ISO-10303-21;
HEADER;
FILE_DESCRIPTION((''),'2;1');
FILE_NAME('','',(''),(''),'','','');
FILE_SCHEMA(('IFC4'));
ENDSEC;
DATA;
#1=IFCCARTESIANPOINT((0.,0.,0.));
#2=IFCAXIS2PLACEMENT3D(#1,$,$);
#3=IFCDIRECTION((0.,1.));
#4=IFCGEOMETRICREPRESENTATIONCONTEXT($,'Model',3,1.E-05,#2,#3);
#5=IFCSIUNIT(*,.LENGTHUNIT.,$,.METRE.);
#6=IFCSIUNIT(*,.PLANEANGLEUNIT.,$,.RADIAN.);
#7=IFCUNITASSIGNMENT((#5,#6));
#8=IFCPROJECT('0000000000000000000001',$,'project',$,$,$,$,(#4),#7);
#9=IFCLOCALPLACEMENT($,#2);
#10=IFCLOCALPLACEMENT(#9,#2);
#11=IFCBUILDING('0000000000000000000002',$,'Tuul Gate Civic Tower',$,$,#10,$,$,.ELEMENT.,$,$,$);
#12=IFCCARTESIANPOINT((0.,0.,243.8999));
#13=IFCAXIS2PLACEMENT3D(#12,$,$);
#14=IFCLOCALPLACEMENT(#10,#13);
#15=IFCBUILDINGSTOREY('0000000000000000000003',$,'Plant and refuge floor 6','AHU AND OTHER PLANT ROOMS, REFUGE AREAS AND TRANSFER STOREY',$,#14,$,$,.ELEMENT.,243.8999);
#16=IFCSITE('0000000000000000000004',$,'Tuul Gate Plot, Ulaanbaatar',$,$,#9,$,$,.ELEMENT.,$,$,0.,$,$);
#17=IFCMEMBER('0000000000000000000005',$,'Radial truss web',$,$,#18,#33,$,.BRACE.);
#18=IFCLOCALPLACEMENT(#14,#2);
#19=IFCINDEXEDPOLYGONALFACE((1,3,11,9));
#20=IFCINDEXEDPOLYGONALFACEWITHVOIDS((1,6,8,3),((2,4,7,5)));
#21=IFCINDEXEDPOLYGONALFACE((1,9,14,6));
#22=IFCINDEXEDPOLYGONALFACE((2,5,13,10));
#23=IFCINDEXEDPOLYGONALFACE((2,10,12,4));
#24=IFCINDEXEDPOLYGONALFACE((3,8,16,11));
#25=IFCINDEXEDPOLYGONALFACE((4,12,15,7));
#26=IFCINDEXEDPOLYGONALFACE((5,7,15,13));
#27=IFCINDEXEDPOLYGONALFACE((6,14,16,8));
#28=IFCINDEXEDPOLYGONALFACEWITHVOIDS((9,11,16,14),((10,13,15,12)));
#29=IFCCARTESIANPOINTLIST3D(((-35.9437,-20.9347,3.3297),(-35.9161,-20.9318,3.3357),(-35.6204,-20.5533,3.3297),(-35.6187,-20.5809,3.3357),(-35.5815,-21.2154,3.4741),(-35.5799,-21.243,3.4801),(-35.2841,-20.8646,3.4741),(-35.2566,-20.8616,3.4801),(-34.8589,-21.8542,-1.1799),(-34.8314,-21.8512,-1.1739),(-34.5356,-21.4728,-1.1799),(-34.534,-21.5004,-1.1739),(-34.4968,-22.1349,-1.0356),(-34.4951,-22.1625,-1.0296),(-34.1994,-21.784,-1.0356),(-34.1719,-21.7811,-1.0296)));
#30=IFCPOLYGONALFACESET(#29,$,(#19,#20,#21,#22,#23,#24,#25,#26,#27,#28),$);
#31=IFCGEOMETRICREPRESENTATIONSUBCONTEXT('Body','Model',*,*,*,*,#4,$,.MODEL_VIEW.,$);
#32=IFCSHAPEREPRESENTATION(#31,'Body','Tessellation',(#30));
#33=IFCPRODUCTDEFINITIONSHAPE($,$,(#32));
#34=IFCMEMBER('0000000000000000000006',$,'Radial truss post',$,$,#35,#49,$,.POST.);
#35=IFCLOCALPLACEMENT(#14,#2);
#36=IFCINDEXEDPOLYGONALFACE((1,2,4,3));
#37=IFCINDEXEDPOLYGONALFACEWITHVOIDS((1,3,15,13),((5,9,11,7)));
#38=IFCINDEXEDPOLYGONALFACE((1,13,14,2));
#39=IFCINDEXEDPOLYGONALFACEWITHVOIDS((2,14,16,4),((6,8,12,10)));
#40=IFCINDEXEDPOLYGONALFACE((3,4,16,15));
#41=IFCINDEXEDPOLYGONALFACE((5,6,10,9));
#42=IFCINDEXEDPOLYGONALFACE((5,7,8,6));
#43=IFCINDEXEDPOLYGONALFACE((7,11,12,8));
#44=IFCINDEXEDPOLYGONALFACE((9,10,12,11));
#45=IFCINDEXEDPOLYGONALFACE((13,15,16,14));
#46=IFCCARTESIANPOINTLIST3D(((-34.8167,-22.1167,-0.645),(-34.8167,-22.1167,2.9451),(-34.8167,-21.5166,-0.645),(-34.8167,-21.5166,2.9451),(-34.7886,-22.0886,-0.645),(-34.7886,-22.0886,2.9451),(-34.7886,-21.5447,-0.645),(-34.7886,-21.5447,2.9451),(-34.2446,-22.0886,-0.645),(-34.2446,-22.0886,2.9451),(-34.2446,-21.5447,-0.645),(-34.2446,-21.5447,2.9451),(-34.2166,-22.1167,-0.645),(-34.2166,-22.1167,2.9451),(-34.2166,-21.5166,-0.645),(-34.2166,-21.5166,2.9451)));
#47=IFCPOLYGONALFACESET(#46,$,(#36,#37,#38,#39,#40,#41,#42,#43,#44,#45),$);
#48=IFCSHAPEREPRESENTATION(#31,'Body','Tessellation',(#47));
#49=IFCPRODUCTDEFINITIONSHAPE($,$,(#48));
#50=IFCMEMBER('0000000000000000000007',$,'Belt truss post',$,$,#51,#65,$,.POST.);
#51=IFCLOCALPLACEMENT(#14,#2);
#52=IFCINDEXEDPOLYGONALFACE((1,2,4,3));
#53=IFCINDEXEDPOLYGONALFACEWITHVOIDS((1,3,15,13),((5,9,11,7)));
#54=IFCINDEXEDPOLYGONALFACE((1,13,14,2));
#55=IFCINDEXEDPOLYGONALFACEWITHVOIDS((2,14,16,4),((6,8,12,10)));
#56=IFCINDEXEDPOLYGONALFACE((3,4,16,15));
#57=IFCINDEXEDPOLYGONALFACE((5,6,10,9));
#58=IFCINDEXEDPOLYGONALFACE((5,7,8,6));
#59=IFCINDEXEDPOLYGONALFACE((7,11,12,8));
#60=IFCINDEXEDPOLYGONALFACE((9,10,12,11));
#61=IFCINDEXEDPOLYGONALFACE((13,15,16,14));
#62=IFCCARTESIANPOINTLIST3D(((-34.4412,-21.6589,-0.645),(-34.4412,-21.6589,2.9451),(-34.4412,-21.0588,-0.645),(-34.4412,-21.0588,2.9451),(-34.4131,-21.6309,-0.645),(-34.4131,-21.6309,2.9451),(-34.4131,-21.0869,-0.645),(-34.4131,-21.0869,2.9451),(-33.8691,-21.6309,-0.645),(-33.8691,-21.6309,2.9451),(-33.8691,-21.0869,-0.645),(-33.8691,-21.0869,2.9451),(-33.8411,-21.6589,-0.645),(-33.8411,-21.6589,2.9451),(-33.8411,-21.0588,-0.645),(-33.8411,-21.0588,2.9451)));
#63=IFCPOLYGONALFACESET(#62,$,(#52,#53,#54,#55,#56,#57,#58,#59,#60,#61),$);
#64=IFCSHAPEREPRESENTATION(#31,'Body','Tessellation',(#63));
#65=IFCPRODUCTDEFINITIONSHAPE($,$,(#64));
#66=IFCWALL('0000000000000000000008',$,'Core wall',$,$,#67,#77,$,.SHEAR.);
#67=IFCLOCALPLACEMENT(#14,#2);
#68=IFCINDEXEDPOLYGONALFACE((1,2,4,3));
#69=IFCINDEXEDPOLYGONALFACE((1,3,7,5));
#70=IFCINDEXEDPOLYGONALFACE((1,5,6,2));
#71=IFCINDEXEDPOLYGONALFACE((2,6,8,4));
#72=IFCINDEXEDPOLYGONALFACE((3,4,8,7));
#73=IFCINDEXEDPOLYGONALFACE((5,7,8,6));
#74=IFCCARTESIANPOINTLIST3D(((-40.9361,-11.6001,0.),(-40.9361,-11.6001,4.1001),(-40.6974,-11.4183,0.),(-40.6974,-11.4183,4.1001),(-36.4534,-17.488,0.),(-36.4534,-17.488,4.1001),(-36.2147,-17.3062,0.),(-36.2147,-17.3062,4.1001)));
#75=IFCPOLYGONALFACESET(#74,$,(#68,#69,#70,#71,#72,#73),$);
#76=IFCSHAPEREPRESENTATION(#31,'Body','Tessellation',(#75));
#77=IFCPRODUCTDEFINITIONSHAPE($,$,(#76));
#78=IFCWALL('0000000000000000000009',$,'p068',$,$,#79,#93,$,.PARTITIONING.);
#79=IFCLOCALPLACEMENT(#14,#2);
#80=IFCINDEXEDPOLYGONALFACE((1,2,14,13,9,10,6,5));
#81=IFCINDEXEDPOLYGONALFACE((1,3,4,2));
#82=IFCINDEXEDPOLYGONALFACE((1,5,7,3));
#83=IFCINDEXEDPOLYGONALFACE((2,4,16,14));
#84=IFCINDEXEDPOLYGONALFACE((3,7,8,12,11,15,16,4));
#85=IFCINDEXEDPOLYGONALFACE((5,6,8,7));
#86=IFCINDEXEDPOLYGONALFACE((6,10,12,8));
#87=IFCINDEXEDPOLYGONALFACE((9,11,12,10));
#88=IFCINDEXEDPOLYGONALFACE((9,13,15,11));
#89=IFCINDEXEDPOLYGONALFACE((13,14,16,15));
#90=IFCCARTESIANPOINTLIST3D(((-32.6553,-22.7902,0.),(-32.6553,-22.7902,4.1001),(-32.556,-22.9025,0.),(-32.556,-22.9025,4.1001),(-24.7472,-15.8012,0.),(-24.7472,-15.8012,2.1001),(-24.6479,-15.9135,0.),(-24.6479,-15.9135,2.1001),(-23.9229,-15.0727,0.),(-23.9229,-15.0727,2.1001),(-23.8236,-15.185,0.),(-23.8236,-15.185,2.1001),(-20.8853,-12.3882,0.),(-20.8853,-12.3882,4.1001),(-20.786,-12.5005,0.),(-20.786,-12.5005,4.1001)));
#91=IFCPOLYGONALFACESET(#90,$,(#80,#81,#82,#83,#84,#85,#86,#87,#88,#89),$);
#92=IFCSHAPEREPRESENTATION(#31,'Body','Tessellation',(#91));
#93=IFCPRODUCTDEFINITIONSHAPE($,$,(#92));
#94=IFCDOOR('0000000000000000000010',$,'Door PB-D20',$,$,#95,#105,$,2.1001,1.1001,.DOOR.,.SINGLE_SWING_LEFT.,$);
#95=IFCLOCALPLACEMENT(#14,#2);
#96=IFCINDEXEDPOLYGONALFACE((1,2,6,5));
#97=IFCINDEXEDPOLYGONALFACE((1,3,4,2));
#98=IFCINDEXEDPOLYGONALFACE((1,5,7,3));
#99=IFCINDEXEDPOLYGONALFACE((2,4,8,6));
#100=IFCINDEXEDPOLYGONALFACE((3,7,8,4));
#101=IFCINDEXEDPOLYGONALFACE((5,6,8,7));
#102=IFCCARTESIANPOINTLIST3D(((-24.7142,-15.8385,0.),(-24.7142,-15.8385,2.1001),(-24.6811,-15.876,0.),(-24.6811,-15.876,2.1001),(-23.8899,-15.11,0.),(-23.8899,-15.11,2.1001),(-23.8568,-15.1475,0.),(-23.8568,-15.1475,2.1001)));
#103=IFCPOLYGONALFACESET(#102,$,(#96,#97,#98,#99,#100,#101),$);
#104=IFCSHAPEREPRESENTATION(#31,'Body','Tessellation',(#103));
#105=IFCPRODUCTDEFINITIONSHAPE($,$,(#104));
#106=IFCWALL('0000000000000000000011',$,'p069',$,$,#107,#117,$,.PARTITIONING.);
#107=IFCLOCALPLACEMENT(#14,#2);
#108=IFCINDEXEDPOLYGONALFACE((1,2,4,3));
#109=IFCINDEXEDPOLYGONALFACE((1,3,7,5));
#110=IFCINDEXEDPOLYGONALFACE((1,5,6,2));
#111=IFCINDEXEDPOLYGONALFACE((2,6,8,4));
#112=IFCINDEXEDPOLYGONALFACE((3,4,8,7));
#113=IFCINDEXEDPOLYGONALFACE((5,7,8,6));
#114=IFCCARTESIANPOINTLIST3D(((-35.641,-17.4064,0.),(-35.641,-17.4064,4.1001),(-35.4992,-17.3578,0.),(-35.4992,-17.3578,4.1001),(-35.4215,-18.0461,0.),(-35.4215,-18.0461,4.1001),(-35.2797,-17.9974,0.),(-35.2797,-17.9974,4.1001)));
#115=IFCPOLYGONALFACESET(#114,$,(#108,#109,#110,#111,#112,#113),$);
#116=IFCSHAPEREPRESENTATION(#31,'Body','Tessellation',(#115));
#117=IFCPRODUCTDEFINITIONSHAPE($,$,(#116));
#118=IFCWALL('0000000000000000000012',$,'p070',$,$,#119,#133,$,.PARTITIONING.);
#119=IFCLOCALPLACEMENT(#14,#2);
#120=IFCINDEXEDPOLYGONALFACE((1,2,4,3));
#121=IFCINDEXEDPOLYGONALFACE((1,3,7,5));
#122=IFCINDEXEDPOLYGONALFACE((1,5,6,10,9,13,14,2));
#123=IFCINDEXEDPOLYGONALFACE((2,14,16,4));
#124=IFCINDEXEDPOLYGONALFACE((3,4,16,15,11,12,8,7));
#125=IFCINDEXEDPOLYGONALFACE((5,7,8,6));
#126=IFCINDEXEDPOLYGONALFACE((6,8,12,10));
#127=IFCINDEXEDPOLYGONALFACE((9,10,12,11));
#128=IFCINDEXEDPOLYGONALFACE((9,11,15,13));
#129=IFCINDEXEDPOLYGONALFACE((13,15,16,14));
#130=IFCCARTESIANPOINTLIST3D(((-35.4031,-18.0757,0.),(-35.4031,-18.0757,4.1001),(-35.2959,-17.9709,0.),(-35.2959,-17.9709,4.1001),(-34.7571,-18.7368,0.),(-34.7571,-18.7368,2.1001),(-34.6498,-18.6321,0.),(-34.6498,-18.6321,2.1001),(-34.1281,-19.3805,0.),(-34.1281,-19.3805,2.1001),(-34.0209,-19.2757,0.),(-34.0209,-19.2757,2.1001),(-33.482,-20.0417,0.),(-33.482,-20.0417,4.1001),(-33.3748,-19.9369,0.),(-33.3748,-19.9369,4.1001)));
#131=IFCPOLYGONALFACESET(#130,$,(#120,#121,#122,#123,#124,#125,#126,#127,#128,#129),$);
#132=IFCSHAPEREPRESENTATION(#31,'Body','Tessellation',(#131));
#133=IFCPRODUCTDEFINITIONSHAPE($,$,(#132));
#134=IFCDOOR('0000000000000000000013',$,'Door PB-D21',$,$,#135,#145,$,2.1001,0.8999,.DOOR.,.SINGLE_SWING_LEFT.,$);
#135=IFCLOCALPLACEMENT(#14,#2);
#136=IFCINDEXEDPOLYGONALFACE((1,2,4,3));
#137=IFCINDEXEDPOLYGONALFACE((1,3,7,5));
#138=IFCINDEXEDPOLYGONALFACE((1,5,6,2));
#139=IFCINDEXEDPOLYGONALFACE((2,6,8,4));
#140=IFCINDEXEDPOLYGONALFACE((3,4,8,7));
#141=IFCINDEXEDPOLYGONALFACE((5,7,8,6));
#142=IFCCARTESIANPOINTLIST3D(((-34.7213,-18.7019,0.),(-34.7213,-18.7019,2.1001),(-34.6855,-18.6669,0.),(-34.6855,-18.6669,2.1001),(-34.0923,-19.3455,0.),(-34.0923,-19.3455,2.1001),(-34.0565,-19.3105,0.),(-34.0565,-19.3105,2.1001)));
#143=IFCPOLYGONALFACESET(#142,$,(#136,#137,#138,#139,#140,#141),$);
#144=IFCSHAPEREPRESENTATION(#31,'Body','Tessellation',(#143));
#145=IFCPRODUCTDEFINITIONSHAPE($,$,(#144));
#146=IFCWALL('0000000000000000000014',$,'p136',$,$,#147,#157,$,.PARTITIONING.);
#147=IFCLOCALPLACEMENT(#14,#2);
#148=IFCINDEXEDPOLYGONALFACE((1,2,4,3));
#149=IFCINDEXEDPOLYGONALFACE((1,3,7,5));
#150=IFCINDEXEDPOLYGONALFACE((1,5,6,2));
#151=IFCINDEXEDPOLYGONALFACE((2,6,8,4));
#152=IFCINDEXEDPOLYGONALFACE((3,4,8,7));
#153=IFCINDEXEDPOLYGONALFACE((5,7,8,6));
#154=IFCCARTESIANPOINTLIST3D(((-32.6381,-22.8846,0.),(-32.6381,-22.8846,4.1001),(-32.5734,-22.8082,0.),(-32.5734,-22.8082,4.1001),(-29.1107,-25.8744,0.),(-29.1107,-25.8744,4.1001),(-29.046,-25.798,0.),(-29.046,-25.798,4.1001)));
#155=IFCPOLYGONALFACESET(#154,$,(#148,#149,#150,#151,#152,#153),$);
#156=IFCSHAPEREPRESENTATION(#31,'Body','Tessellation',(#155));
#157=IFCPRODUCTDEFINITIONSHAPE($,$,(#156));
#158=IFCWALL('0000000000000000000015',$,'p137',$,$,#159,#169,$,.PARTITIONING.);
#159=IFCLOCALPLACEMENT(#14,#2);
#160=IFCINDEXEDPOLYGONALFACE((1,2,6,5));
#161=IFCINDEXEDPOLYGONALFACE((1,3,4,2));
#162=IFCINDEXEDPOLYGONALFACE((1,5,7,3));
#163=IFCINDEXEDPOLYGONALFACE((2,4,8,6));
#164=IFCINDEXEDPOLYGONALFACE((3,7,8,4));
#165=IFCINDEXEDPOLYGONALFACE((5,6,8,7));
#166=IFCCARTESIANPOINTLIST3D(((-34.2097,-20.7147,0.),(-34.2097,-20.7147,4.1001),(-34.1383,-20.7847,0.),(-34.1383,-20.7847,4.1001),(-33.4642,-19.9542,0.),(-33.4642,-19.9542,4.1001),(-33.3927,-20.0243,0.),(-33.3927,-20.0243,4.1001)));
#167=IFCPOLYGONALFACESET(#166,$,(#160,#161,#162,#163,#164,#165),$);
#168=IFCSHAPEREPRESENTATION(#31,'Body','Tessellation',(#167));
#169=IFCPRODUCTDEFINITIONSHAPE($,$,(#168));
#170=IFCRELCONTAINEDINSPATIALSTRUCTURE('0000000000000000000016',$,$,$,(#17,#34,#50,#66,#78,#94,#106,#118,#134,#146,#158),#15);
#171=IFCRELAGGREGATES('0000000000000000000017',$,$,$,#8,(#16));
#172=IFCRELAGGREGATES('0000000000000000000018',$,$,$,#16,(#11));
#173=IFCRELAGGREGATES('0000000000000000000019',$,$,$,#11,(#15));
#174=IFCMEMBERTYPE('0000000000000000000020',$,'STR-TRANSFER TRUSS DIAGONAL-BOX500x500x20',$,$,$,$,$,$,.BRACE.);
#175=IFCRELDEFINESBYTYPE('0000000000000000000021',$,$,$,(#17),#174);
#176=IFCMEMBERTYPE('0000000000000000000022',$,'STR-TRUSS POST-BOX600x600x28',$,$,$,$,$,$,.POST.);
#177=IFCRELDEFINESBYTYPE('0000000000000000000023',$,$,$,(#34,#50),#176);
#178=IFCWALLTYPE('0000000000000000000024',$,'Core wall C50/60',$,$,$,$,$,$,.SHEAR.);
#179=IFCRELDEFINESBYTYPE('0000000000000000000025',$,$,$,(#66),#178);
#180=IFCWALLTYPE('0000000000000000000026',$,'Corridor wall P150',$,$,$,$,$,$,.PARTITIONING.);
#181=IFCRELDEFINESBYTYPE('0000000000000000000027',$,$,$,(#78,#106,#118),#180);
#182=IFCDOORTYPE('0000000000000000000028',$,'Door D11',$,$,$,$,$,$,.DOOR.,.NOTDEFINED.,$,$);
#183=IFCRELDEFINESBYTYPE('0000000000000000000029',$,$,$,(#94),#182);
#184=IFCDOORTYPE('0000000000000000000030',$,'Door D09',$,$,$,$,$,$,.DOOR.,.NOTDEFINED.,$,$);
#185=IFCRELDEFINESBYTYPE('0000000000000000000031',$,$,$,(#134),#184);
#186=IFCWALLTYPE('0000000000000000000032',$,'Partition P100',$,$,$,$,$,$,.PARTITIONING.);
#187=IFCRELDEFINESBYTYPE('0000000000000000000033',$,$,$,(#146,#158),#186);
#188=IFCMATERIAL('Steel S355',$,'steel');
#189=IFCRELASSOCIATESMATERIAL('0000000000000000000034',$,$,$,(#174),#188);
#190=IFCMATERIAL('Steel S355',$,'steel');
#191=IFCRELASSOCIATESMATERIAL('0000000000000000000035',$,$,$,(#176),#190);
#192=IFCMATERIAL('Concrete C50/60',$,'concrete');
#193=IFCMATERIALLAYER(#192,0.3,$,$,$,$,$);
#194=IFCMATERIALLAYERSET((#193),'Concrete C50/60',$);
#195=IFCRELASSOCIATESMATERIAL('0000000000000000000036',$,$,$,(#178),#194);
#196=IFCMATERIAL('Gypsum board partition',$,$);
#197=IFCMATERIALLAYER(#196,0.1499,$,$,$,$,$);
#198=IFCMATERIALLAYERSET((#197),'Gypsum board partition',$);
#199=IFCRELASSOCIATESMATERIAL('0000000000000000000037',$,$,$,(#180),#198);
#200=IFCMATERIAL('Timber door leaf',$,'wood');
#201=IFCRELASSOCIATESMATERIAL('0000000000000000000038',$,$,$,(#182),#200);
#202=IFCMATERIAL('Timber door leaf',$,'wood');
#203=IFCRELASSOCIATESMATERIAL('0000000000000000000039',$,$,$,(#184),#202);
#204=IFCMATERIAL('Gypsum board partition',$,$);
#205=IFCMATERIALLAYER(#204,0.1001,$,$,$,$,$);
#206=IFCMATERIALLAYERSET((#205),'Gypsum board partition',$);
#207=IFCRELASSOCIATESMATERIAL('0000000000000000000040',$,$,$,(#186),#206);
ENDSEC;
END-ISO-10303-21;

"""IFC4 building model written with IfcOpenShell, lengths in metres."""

from ifc_helpers import new_model, si_unit, direction, frame, frame_2d, origin, origin_2d, place, context, subcontext, project, spatial, rectangle, hollow_rectangle, extrude, material, layer, layer_set, material_profile, profile_set, type_object, element, fill, save


model = new_model("IFC4")

# Units and contexts
model_context = context("Model", 3, precision=1e-05, world=origin(), true_north=direction((0.0, 1.0)))
body_context = subcontext(model_context, "Body", "Model", "MODEL_VIEW")
ifc_project = project(units=[si_unit("LENGTHUNIT", "METRE"), si_unit("PLANEANGLEUNIT", "RADIAN")], contexts=[model_context])

# Site, building, storey
site_placement = place(None, origin())
site = spatial("IfcSite", under=ifc_project, at=site_placement, Name="Tuul Gate Plot, Ulaanbaatar", CompositionType="ELEMENT", RefElevation=0.0)
building_placement = place(site_placement, origin())
building = spatial("IfcBuilding", under=site, at=building_placement, Name="Tuul Gate Civic Tower", CompositionType="ELEMENT")
storey_placement = place(building_placement, frame((0.0, 0.0, 243.8999)))
storey = spatial("IfcBuildingStorey", under=building, at=storey_placement, Name="Plant and refuge floor 6", Description="AHU AND OTHER PLANT ROOMS, REFUGE AREAS AND TRANSFER STOREY", CompositionType="ELEMENT", Elevation=243.8999)

# Members
ifc_material_1 = material(Name="Steel S355", Category="steel")
ifc_material_profile_1 = material_profile(ifc_material_1, hollow_rectangle(XDim=0.5, YDim=0.5, WallThickness=0.02, at=origin_2d()), Name="BOX500x500x20")
ifc_profile_set_1 = profile_set([ifc_material_profile_1], Name="Steel S355")
member_type_1 = type_object("IfcMemberType", Name="STR-TRANSFER TRUSS DIAGONAL-BOX500x500x20", PredefinedType="BRACE", material=ifc_profile_set_1)
member_1_placement = place(storey_placement, frame((-34.5154, -21.8176, -1.1047), z_axis=(-0.229405, 0.194449, 0.95371), x_axis=(-0.646596, -0.762832, 0.0)))
element("IfcMember", 1, at=member_1_placement, inside=storey, type_object=member_type_1, Name="Radial truss web", PredefinedType="BRACE", context=body_context, shape_type="SweptSolid", body=[
    extrude(hollow_rectangle(XDim=0.5, YDim=0.5, WallThickness=0.02, at=origin_2d()), origin(), (0.0, 0.0, 1.0), 4.7285),
])
ifc_material_2 = material(Name="Steel S355", Category="steel")
ifc_material_profile_2 = material_profile(ifc_material_2, hollow_rectangle(XDim=0.6001, YDim=0.6001, WallThickness=0.0281, at=origin_2d()), Name="BOX600x600x28")
ifc_profile_set_2 = profile_set([ifc_material_profile_2], Name="Steel S355")
member_type_2 = type_object("IfcMemberType", Name="STR-TRUSS POST-BOX600x600x28", PredefinedType="POST", material=ifc_profile_set_2)
for number, where, z_axis, x_axis, name in (
    (2, (-34.5166, -21.8167, -0.645), (0.0, 0.0, 1.0), (1.0, 0.0, 0.0), "Radial truss post"),
    (3, (-34.1411, -21.3589, -0.645), (0.0, 0.0, 1.0), (1.0, 0.0, 0.0), "Belt truss post"),
):
    element("IfcMember", number, at=place(storey_placement, frame(where, z_axis=z_axis, x_axis=x_axis)), inside=storey, type_object=member_type_2, Name=name, PredefinedType="POST", context=body_context, shape_type="SweptSolid", body=[
        extrude(hollow_rectangle(XDim=0.6001, YDim=0.6001, WallThickness=0.0281, at=origin_2d()), origin(), (0.0, 0.0, 1.0), 3.5901),
    ])

# Wall
ifc_material_3 = material(Name="Concrete C50/60", Category="concrete")
ifc_layer_1 = layer(ifc_material_3, 0.3)
ifc_layer_set_1 = layer_set([ifc_layer_1], Name="Concrete C50/60")
wall_type_1 = type_object("IfcWallType", Name="Core wall C50/60", PredefinedType="SHEAR", material=ifc_layer_set_1)
wall_1_placement = place(storey_placement, frame((-36.334, -17.3972, 0.0), z_axis=(0.0, 0.0, 1.0), x_axis=(-0.605754, 0.795652, 0.0)))
element("IfcWall", 4, at=wall_1_placement, inside=storey, type_object=wall_type_1, Name="Core wall", PredefinedType="SHEAR", context=body_context, shape_type="SweptSolid", body=[
    extrude(rectangle(XDim=7.4001, YDim=0.3, at=frame_2d((3.7002, 0.0))), origin(), (0.0, 0.0, 1.0), 4.1001),
])

# Wall, opening, door
ifc_material_4 = material(Name="Gypsum board partition")
ifc_layer_2 = layer(ifc_material_4, 0.1499)
ifc_layer_set_2 = layer_set([ifc_layer_2], Name="Gypsum board partition")
wall_type_2 = type_object("IfcWallType", Name="Corridor wall P150", PredefinedType="PARTITIONING", material=ifc_layer_set_2)
wall_2_placement = place(storey_placement, frame((-32.6057, -22.8464, 0.0), z_axis=(0.0, 0.0, 1.0), x_axis=(0.749307, 0.662222, 0.0)))
wall_2 = element("IfcWall", 5, at=wall_2_placement, inside=storey, type_object=wall_type_2, Name="p068", PredefinedType="PARTITIONING", context=body_context, shape_type="SweptSolid", body=[
    extrude(rectangle(XDim=15.7078, YDim=0.1499, at=frame_2d((7.854, 0.0))), origin(), (0.0, 0.0, 1.0), 4.1001),
])
opening_1_placement = place(wall_2_placement, frame((10.554, 0.0, 0.0)))
opening_1 = element("IfcOpeningElement", 6, at=opening_1_placement, cuts=wall_2, PredefinedType="OPENING", context=body_context, shape_type="SweptSolid", body=[
    extrude(rectangle(XDim=1.1001, YDim=2.1001, at=frame_2d((0.55, 1.05))), frame((0.0, 0.085, 0.0), z_axis=(0.0, -1.0, 0.0), x_axis=(1.0, 0.0, 0.0)), (0.0, 0.0, 1.0), 0.1699),
])
ifc_material_5 = material(Name="Timber door leaf", Category="wood")
door_type_1 = type_object("IfcDoorType", Name="Door D11", OperationType="NOTDEFINED", PredefinedType="DOOR", material=ifc_material_5)
door_1_placement = place(opening_1_placement, frame((1.1001, 0.0, 0.0), z_axis=(0.0, 0.0, 1.0), x_axis=(-1.0, 0.0, 0.0)))
door_1 = element("IfcDoor", 7, at=door_1_placement, inside=storey, type_object=door_type_1, Name="Door PB-D20", OperationType="SINGLE_SWING_LEFT", OverallHeight=2.1001, OverallWidth=1.1001, PredefinedType="DOOR", context=body_context, shape_type="SweptSolid", body=[
    extrude(rectangle(XDim=1.1001, YDim=2.1001, at=frame_2d((0.55, 1.05))), frame((0.0, 0.0249, 0.0), z_axis=(0.0, -1.0, 0.0), x_axis=(1.0, 0.0, 0.0)), (0.0, 0.0, 1.0), 0.05),
])
fill(opening_1, door_1)

# Wall
wall_3_placement = place(storey_placement, frame((-35.5701, -17.3821, 0.0), z_axis=(0.0, 0.0, 1.0), x_axis=(0.324555, -0.945867, 0.0)))
element("IfcWall", 8, at=wall_3_placement, inside=storey, type_object=wall_type_2, Name="p069", PredefinedType="PARTITIONING", context=body_context, shape_type="SweptSolid", body=[
    extrude(rectangle(XDim=0.6763, YDim=0.1499, at=frame_2d((0.3381, 0.0))), origin(), (0.0, 0.0, 1.0), 4.1001),
])

# Wall, opening, door
wall_4_placement = place(storey_placement, frame((-35.3496, -18.0232, 0.0), z_axis=(0.0, 0.0, 1.0), x_axis=(0.698889, -0.715231, 0.0)))
wall_4 = element("IfcWall", 9, at=wall_4_placement, inside=storey, type_object=wall_type_2, Name="p070", PredefinedType="PARTITIONING", context=body_context, shape_type="SweptSolid", body=[
    extrude(rectangle(XDim=2.7488, YDim=0.1499, at=frame_2d((1.3745, 0.0))), origin(), (0.0, 0.0, 1.0), 4.1001),
])
opening_2_placement = place(wall_4_placement, frame((0.9246, 0.0, 0.0)))
opening_2 = element("IfcOpeningElement", 10, at=opening_2_placement, cuts=wall_4, PredefinedType="OPENING", context=body_context, shape_type="SweptSolid", body=[
    extrude(rectangle(XDim=0.8999, YDim=2.1001, at=frame_2d((0.45, 1.05))), frame((0.0, 0.085, 0.0), z_axis=(0.0, -1.0, 0.0), x_axis=(1.0, 0.0, 0.0)), (0.0, 0.0, 1.0), 0.1699),
])
ifc_material_6 = material(Name="Timber door leaf", Category="wood")
door_type_2 = type_object("IfcDoorType", Name="Door D09", OperationType="NOTDEFINED", PredefinedType="DOOR", material=ifc_material_6)
door_2_placement = place(opening_2_placement, frame((0.8999, 0.0, 0.0), z_axis=(0.0, 0.0, 1.0), x_axis=(-1.0, 0.0, 0.0)))
door_2 = element("IfcDoor", 11, at=door_2_placement, inside=storey, type_object=door_type_2, Name="Door PB-D21", OperationType="SINGLE_SWING_LEFT", OverallHeight=2.1001, OverallWidth=0.8999, PredefinedType="DOOR", context=body_context, shape_type="SweptSolid", body=[
    extrude(rectangle(XDim=0.8999, YDim=2.1001, at=frame_2d((0.45, 1.05))), frame((0.0, 0.0249, 0.0), z_axis=(0.0, -1.0, 0.0), x_axis=(1.0, 0.0, 0.0)), (0.0, 0.0, 1.0), 0.05),
])
fill(opening_2, door_2)

# Walls
ifc_material_7 = material(Name="Gypsum board partition")
ifc_layer_3 = layer(ifc_material_7, 0.1001)
ifc_layer_set_3 = layer_set([ifc_layer_3], Name="Gypsum board partition")
wall_type_3 = type_object("IfcWallType", Name="Partition P100", PredefinedType="PARTITIONING", material=ifc_layer_set_3)
wall_5_placement = place(storey_placement, frame((-29.0784, -25.8362, 0.0), z_axis=(0.0, 0.0, 1.0), x_axis=(-0.762845, 0.646581, 0.0)))
element("IfcWall", 12, at=wall_5_placement, inside=storey, type_object=wall_type_3, Name="p136", PredefinedType="PARTITIONING", context=body_context, shape_type="SweptSolid", body=[
    extrude(rectangle(XDim=4.624, YDim=0.1001, at=frame_2d((2.312, 0.0))), origin(), (0.0, 0.0, 1.0), 4.1001),
])
wall_6_placement = place(storey_placement, frame((-33.4285, -19.9893, 0.0), z_axis=(0.0, 0.0, 1.0), x_axis=(-0.700081, -0.714064, 0.0)))
element("IfcWall", 13, at=wall_6_placement, inside=storey, type_object=wall_type_3, Name="p137", PredefinedType="PARTITIONING", context=body_context, shape_type="SweptSolid", body=[
    extrude(rectangle(XDim=1.0649, YDim=0.1001, at=frame_2d((0.5325, 0.0))), origin(), (0.0, 0.0, 1.0), 4.1001),
])

save(model, "model.ifc")
